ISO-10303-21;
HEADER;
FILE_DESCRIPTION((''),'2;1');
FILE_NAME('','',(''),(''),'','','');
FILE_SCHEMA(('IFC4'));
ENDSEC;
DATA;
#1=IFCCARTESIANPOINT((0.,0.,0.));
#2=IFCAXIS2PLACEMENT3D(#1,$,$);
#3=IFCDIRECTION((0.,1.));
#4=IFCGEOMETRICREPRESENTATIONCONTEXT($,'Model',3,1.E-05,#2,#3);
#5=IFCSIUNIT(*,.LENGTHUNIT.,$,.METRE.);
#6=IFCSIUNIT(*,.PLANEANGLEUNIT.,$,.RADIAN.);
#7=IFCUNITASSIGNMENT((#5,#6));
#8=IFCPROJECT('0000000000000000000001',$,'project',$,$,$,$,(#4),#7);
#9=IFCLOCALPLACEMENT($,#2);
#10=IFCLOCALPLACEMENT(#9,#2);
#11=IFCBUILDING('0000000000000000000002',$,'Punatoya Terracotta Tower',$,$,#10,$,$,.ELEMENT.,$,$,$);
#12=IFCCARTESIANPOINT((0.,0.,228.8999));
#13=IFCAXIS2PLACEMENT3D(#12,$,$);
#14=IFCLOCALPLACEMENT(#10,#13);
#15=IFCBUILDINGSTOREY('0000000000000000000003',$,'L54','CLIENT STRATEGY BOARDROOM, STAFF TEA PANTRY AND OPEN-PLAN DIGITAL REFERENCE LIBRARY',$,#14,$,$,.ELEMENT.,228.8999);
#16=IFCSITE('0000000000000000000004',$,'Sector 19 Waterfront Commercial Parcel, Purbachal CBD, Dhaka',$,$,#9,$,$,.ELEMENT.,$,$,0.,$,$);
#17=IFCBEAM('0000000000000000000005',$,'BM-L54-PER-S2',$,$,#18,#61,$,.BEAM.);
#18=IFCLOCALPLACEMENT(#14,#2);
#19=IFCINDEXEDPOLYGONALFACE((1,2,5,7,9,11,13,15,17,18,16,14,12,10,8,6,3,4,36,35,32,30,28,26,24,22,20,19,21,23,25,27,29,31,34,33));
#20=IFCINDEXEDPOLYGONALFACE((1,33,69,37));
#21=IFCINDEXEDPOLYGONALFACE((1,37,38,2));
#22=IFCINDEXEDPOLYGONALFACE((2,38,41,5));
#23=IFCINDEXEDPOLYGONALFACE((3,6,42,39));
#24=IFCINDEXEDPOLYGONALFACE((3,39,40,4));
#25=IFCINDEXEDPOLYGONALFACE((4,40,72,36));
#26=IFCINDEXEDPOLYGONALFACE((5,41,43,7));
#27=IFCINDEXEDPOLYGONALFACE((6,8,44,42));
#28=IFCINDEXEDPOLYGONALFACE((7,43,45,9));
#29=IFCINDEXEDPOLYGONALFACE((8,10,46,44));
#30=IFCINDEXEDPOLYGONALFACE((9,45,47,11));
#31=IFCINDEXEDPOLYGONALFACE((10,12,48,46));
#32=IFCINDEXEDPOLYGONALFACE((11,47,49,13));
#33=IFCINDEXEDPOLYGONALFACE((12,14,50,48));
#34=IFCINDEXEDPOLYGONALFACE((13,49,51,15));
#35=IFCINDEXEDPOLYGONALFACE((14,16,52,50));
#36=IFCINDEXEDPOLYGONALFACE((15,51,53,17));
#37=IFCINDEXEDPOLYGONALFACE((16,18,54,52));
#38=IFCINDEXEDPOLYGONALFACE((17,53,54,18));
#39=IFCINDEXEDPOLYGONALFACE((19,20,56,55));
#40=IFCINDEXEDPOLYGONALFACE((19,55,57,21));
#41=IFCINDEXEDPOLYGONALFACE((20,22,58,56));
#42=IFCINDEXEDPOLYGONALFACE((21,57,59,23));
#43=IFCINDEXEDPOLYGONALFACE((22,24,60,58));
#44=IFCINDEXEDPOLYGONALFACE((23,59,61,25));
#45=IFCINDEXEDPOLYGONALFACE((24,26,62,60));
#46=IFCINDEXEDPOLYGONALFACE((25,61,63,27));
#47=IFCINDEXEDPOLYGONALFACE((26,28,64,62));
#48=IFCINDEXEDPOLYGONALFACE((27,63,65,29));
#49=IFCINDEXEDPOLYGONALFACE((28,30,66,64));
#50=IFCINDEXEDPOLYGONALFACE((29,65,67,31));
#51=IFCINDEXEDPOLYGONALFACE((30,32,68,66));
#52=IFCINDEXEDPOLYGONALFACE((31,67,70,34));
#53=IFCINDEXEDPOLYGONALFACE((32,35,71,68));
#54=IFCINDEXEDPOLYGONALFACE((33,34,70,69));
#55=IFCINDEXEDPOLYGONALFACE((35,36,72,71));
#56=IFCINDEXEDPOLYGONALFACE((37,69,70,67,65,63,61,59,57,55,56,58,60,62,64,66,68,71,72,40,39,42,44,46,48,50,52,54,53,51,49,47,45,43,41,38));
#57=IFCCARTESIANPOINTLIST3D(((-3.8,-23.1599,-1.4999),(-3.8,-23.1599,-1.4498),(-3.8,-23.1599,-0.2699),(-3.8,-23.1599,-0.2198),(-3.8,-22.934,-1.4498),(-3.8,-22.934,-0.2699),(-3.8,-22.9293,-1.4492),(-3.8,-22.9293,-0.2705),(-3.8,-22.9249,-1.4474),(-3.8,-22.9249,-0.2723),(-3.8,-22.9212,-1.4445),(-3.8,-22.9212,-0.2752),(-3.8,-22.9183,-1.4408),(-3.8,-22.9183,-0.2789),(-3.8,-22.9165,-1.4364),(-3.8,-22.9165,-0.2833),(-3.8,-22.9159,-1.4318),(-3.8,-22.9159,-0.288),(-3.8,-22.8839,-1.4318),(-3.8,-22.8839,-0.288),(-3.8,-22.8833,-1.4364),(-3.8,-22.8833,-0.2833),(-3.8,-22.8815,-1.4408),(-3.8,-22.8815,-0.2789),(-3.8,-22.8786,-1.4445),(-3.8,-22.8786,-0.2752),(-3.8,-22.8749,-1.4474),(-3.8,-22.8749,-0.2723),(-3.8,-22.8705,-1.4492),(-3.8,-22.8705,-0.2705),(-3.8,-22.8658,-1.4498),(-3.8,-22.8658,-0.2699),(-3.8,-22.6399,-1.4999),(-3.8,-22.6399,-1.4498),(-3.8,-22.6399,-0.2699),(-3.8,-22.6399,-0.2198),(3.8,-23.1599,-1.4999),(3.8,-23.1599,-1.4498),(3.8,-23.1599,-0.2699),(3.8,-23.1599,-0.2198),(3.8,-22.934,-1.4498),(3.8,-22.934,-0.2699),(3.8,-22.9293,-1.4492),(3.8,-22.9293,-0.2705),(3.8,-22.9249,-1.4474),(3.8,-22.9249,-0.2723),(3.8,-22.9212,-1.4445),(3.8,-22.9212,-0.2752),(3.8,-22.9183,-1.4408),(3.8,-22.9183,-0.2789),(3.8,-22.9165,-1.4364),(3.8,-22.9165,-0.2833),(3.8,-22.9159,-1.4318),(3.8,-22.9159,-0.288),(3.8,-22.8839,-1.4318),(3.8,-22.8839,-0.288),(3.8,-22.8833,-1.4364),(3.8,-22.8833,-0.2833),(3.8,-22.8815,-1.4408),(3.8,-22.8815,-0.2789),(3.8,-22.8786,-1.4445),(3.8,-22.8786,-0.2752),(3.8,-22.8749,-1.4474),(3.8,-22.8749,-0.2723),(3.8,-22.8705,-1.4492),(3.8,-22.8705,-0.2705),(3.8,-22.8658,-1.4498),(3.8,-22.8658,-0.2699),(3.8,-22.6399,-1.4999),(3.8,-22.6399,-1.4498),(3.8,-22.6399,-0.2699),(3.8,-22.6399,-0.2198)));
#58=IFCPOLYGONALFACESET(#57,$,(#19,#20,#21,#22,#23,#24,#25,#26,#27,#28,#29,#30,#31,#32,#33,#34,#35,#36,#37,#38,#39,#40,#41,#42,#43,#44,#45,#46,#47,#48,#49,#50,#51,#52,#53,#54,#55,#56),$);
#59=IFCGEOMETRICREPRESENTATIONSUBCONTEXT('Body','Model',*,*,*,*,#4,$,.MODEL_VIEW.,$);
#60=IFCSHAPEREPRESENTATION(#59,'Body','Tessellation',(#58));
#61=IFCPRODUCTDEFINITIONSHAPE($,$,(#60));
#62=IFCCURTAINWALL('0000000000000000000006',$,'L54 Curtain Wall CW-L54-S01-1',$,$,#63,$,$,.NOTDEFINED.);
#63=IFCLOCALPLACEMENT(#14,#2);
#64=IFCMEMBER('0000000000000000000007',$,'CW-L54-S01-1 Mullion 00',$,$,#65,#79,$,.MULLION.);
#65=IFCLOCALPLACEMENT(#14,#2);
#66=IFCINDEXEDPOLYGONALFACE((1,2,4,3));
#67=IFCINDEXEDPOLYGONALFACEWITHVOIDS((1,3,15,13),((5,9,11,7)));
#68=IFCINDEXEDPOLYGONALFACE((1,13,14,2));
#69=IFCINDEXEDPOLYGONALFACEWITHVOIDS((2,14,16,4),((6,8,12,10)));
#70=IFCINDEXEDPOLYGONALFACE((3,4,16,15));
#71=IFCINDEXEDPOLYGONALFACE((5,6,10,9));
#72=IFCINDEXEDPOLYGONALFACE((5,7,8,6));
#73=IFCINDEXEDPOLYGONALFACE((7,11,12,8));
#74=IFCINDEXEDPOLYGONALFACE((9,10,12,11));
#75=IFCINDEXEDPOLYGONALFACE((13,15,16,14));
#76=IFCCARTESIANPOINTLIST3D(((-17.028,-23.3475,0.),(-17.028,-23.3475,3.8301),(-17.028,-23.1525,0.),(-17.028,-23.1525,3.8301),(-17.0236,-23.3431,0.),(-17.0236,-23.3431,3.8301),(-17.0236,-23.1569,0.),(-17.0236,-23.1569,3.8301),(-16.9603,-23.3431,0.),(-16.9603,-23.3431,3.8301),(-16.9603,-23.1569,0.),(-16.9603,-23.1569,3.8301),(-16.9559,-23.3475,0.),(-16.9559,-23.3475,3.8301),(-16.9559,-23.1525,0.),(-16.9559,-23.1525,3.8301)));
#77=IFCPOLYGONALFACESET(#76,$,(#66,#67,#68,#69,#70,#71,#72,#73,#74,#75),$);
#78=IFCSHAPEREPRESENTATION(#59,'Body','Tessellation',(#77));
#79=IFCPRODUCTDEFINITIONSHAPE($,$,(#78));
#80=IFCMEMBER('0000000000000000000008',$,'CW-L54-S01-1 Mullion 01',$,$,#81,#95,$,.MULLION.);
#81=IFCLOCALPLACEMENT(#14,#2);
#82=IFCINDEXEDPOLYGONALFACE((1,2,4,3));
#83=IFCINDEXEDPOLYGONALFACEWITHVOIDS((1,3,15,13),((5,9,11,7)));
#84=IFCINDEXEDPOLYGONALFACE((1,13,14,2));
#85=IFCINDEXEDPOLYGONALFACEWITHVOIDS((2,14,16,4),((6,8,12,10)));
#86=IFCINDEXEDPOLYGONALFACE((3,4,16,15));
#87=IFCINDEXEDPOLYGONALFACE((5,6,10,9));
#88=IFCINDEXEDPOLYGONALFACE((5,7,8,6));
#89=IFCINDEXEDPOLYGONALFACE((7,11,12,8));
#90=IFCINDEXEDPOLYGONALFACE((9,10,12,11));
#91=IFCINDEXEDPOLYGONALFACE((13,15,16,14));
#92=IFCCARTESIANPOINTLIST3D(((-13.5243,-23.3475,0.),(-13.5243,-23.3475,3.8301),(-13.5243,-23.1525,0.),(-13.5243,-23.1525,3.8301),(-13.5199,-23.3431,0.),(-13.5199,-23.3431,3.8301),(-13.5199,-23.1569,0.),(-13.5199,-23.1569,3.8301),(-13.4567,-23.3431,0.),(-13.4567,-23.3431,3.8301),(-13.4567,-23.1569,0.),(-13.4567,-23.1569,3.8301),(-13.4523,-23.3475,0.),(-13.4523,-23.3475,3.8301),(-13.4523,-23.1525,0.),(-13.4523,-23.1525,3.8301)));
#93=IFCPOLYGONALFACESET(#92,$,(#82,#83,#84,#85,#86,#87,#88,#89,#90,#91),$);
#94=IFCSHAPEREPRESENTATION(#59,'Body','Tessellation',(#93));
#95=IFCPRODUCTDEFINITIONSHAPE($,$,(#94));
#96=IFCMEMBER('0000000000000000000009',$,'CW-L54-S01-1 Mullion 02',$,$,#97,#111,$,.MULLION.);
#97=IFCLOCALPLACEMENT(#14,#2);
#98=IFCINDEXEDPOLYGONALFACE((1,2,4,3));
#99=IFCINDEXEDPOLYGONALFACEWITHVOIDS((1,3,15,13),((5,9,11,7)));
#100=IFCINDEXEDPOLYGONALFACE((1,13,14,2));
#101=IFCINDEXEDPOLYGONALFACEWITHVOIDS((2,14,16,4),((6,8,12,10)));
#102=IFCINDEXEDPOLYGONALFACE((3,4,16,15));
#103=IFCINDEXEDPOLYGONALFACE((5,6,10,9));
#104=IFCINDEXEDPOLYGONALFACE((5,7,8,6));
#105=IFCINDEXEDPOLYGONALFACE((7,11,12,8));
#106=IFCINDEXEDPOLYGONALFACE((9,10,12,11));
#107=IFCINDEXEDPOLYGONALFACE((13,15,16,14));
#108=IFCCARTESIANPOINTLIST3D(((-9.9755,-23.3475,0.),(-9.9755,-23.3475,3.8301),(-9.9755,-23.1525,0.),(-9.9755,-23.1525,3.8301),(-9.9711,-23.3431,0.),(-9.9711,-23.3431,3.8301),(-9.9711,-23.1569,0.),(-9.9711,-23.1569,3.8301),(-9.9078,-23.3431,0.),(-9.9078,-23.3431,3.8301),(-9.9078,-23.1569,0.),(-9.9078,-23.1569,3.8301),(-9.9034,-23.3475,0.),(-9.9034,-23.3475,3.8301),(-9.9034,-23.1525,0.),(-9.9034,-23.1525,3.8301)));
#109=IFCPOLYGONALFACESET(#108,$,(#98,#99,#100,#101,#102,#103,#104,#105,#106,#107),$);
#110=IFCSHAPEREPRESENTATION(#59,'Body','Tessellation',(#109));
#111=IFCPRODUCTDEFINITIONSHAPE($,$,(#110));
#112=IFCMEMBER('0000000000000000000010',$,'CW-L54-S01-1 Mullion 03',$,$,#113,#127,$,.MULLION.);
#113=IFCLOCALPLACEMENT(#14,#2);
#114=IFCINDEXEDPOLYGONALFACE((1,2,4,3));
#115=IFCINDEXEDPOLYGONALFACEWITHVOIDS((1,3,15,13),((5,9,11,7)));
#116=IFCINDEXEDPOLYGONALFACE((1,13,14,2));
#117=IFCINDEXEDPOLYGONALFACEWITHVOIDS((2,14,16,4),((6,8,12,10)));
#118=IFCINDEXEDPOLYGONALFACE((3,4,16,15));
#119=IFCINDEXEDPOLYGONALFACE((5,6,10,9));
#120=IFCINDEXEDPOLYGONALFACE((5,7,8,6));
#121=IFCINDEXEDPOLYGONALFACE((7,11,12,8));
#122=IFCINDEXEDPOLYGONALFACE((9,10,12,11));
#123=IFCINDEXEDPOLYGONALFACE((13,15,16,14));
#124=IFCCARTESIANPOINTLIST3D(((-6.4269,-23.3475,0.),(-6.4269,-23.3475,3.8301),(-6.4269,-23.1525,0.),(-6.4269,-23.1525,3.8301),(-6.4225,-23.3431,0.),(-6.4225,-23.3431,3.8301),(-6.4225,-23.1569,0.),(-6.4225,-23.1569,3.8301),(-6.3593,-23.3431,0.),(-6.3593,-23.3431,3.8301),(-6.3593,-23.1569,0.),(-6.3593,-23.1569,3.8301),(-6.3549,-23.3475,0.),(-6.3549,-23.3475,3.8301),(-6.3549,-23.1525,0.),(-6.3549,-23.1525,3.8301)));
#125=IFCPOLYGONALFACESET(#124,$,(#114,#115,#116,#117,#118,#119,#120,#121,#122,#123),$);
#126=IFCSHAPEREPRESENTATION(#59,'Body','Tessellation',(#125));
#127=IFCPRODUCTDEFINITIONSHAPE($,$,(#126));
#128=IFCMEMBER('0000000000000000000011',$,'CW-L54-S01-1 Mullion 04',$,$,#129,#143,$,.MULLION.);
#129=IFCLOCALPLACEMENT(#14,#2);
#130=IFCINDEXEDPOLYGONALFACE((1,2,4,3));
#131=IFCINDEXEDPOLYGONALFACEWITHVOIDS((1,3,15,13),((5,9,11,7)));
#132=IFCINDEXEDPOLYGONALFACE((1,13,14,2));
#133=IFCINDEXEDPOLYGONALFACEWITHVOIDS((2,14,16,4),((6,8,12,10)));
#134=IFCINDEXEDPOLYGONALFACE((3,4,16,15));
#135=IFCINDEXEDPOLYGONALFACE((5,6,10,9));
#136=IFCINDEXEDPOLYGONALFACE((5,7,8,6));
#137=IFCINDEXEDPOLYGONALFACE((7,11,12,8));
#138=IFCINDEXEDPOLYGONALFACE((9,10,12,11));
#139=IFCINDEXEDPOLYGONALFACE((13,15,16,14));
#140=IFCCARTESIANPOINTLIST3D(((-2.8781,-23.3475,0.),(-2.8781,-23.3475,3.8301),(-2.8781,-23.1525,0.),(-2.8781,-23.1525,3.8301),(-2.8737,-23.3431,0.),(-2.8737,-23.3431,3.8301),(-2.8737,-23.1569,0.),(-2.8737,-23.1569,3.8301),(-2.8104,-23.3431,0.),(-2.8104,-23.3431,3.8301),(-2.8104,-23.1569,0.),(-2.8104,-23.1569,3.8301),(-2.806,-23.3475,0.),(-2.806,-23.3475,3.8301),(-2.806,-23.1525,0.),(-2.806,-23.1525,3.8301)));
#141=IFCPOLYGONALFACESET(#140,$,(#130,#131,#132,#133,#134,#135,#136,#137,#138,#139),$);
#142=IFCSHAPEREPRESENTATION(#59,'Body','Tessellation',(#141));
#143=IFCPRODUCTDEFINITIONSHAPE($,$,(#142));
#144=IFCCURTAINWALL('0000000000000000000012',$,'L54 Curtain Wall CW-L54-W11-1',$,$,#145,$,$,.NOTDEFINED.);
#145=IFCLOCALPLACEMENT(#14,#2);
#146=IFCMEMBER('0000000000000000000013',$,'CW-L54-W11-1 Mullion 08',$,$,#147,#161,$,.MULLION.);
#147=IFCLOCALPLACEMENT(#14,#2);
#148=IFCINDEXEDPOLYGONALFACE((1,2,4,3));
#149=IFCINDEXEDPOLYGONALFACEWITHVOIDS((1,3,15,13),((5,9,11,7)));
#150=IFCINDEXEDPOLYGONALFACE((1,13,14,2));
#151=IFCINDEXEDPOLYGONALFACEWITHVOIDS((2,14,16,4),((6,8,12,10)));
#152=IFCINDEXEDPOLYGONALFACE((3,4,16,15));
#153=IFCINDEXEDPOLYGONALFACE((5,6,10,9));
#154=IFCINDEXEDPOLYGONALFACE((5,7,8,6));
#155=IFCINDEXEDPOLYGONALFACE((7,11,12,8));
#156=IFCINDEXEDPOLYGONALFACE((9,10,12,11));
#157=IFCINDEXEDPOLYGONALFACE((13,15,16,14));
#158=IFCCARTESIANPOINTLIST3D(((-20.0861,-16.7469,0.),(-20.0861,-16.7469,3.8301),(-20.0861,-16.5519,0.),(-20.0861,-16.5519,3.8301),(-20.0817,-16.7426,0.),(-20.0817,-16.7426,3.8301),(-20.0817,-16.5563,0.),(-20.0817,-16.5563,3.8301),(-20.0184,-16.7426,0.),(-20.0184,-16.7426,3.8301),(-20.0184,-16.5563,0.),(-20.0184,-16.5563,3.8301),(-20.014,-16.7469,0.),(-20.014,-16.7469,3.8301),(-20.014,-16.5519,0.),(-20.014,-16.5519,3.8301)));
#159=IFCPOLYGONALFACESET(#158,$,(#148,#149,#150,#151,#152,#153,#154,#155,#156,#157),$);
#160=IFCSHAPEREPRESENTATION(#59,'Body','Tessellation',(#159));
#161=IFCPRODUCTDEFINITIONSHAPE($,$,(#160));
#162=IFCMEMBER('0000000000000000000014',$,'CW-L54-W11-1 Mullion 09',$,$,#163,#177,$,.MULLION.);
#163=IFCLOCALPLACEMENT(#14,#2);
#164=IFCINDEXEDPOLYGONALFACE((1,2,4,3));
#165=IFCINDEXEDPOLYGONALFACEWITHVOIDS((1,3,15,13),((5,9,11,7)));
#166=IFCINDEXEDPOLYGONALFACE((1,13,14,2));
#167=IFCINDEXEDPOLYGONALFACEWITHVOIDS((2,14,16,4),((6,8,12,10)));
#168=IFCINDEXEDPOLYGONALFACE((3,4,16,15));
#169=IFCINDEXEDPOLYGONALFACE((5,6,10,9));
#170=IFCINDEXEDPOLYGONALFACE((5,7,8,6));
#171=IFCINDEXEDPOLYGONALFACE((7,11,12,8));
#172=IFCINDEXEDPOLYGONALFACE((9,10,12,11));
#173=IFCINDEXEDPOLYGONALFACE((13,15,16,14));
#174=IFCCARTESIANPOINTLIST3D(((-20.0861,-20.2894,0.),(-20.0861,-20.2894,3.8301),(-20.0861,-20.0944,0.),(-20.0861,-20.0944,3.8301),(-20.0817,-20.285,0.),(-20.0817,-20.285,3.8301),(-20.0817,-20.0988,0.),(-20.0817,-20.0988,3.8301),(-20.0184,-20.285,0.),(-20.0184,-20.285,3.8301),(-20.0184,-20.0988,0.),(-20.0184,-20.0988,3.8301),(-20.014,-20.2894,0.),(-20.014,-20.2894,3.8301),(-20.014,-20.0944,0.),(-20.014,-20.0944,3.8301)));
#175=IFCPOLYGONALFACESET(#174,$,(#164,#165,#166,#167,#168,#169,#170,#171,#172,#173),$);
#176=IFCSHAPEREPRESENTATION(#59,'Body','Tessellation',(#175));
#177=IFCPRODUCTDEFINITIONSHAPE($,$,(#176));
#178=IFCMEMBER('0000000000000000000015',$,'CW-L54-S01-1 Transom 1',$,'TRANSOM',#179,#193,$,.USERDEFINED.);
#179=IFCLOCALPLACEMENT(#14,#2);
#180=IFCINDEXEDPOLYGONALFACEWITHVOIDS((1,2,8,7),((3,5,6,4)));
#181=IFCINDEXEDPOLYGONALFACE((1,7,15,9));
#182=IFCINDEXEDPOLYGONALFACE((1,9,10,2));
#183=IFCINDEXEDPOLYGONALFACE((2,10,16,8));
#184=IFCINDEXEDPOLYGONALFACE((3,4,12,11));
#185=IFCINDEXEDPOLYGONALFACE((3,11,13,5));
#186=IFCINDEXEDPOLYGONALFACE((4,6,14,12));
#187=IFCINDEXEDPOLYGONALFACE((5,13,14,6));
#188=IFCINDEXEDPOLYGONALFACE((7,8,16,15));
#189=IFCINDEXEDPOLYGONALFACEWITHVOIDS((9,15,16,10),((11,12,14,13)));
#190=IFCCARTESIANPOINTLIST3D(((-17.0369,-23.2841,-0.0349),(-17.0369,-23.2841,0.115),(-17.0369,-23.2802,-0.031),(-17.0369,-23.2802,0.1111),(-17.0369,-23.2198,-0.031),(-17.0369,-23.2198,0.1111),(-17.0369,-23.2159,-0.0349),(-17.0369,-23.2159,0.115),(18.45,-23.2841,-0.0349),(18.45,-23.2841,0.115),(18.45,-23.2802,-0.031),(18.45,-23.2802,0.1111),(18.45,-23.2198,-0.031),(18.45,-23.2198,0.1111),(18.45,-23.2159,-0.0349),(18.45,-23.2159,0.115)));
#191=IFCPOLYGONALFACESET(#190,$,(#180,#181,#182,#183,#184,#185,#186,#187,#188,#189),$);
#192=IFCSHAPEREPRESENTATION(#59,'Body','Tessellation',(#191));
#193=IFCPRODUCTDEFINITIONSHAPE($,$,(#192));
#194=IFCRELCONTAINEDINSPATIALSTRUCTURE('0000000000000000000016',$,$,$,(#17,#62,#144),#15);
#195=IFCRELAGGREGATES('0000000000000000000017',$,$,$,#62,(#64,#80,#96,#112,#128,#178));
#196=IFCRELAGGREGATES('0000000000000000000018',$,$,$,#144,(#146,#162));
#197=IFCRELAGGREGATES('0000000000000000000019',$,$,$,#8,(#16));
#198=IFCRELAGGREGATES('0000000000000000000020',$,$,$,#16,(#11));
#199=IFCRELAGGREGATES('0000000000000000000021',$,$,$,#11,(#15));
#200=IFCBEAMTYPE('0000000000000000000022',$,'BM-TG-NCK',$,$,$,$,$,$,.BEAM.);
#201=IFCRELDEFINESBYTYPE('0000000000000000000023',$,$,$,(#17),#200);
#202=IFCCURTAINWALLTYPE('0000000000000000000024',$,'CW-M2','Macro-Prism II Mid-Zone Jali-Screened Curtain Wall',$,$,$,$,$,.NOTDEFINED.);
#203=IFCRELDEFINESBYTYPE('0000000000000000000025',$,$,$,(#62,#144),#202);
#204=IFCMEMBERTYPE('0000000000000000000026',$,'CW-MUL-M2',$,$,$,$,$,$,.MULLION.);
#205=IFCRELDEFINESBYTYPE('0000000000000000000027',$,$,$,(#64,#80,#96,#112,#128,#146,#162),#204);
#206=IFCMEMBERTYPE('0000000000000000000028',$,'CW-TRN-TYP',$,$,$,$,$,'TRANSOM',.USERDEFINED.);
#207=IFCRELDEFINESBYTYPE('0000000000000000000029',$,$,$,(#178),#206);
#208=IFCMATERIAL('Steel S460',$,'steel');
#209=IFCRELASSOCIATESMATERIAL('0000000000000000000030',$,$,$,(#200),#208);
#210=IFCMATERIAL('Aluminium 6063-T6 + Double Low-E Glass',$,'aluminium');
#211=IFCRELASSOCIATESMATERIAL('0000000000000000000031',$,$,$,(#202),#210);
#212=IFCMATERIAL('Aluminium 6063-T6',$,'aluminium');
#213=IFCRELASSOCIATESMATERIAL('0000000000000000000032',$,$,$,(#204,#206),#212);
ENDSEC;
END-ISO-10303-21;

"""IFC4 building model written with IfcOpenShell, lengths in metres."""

from ifc_helpers import new_model, si_unit, direction, frame, origin, origin_2d, place, context, subcontext, project, spatial, hollow_rectangle, i_section, extrude, material, material_profile, profile_set, type_object, element, aggregate, save


model = new_model("IFC4")

# Units and contexts
model_context = context("Model", 3, precision=1e-05, world=origin(), true_north=direction((0.0, 1.0)))
body_context = subcontext(model_context, "Body", "Model", "MODEL_VIEW")
ifc_project = project(units=[si_unit("LENGTHUNIT", "METRE"), si_unit("PLANEANGLEUNIT", "RADIAN")], contexts=[model_context])

# Site, building, storey
site_placement = place(None, origin())
site = spatial("IfcSite", under=ifc_project, at=site_placement, Name="Sector 19 Waterfront Commercial Parcel, Purbachal CBD, Dhaka", CompositionType="ELEMENT", RefElevation=0.0)
building_placement = place(site_placement, origin())
building = spatial("IfcBuilding", under=site, at=building_placement, Name="Punatoya Terracotta Tower", CompositionType="ELEMENT")
storey_placement = place(building_placement, frame((0.0, 0.0, 228.8999)))
storey = spatial("IfcBuildingStorey", under=building, at=storey_placement, Name="L54", Description="CLIENT STRATEGY BOARDROOM, STAFF TEA PANTRY AND OPEN-PLAN DIGITAL REFERENCE LIBRARY", CompositionType="ELEMENT", Elevation=228.8999)

# Shared definitions
ifc_material_1 = material(Name="Steel S460", Category="steel")

# Beam
ifc_material_profile_1 = material_profile(ifc_material_1, i_section(OverallWidth=0.52, OverallDepth=1.28, WebThickness=0.032, FlangeThickness=0.05, FilletRadius=0.0181, at=origin_2d()))
ifc_profile_set_1 = profile_set([ifc_material_profile_1], Name="Steel S460")
beam_type_1 = type_object("IfcBeamType", Name="BM-TG-NCK", PredefinedType="BEAM", material=ifc_profile_set_1)
beam_1_placement = place(storey_placement, frame((-3.8, -22.8999, -0.8599), z_axis=(1.0, 0.0, 0.0), x_axis=(0.0, 1.0, 0.0)))
element("IfcBeam", 1, at=beam_1_placement, inside=storey, type_object=beam_type_1, Name="BM-L54-PER-S2", PredefinedType="BEAM", context=body_context, shape_type="SweptSolid", body=[
    extrude(i_section(OverallWidth=0.52, OverallDepth=1.28, WebThickness=0.032, FlangeThickness=0.05, FilletRadius=0.0181, at=origin_2d()), origin(), (0.0, 0.0, 1.0), 7.6001),
])

# Curtain walls, members
ifc_material_2 = material(Name="Aluminium 6063-T6 + Double Low-E Glass", Category="aluminium")
curtain_wall_type = type_object("IfcCurtainWallType", Name="CW-M2", Description="Macro-Prism II Mid-Zone Jali-Screened Curtain Wall", PredefinedType="NOTDEFINED", material=ifc_material_2)
curtain_wall_1_placement = place(storey_placement, origin())
curtain_wall_1 = element("IfcCurtainWall", 2, at=curtain_wall_1_placement, inside=storey, type_object=curtain_wall_type, Name="L54 Curtain Wall CW-L54-S01-1", PredefinedType="NOTDEFINED")
ifc_material_3 = material(Name="Aluminium 6063-T6", Category="aluminium")
ifc_material_profile_2 = material_profile(ifc_material_3, hollow_rectangle(XDim=0.072, YDim=0.1951, WallThickness=0.0044, at=origin_2d()))
ifc_profile_set_2 = profile_set([ifc_material_profile_2], Name="Aluminium 6063-T6")
member_type_1 = type_object("IfcMemberType", Name="CW-MUL-M2", PredefinedType="MULLION", material=ifc_profile_set_2)
member_1_placement = place(storey_placement, frame((-16.9919, -23.25, 0.0), z_axis=(0.0, 0.0, 1.0), x_axis=(1.0, 0.0, 0.0)))
member_1 = element("IfcMember", 3, at=member_1_placement, type_object=member_type_1, Name="CW-L54-S01-1 Mullion 00", PredefinedType="MULLION", context=body_context, shape_type="SweptSolid", body=[
    extrude(hollow_rectangle(XDim=0.072, YDim=0.1951, WallThickness=0.0044, at=origin_2d()), origin(), (0.0, 0.0, 1.0), 3.8301),
])
member_2_placement = place(storey_placement, frame((-13.4883, -23.25, 0.0), z_axis=(0.0, 0.0, 1.0), x_axis=(1.0, 0.0, 0.0)))
member_2 = element("IfcMember", 4, at=member_2_placement, type_object=member_type_1, Name="CW-L54-S01-1 Mullion 01", PredefinedType="MULLION", context=body_context, shape_type="SweptSolid", body=[
    extrude(hollow_rectangle(XDim=0.072, YDim=0.1951, WallThickness=0.0044, at=origin_2d()), origin(), (0.0, 0.0, 1.0), 3.8301),
])
member_3_placement = place(storey_placement, frame((-9.9395, -23.25, 0.0), z_axis=(0.0, 0.0, 1.0), x_axis=(1.0, 0.0, 0.0)))
member_3 = element("IfcMember", 5, at=member_3_placement, type_object=member_type_1, Name="CW-L54-S01-1 Mullion 02", PredefinedType="MULLION", context=body_context, shape_type="SweptSolid", body=[
    extrude(hollow_rectangle(XDim=0.072, YDim=0.1951, WallThickness=0.0044, at=origin_2d()), origin(), (0.0, 0.0, 1.0), 3.8301),
])
member_4_placement = place(storey_placement, frame((-6.3909, -23.25, 0.0), z_axis=(0.0, 0.0, 1.0), x_axis=(1.0, 0.0, 0.0)))
member_4 = element("IfcMember", 6, at=member_4_placement, type_object=member_type_1, Name="CW-L54-S01-1 Mullion 03", PredefinedType="MULLION", context=body_context, shape_type="SweptSolid", body=[
    extrude(hollow_rectangle(XDim=0.072, YDim=0.1951, WallThickness=0.0044, at=origin_2d()), origin(), (0.0, 0.0, 1.0), 3.8301),
])
member_5_placement = place(storey_placement, frame((-2.842, -23.25, 0.0), z_axis=(0.0, 0.0, 1.0), x_axis=(1.0, 0.0, 0.0)))
member_5 = element("IfcMember", 7, at=member_5_placement, type_object=member_type_1, Name="CW-L54-S01-1 Mullion 04", PredefinedType="MULLION", context=body_context, shape_type="SweptSolid", body=[
    extrude(hollow_rectangle(XDim=0.072, YDim=0.1951, WallThickness=0.0044, at=origin_2d()), origin(), (0.0, 0.0, 1.0), 3.8301),
])
curtain_wall_2_placement = place(storey_placement, origin())
curtain_wall_2 = element("IfcCurtainWall", 8, at=curtain_wall_2_placement, inside=storey, type_object=curtain_wall_type, Name="L54 Curtain Wall CW-L54-W11-1", PredefinedType="NOTDEFINED")
member_6_placement = place(storey_placement, frame((-20.05, -16.6494, 0.0), z_axis=(0.0, 0.0, 1.0), x_axis=(1.0, 0.0, 0.0)))
member_6 = element("IfcMember", 9, at=member_6_placement, type_object=member_type_1, Name="CW-L54-W11-1 Mullion 08", PredefinedType="MULLION", context=body_context, shape_type="SweptSolid", body=[
    extrude(hollow_rectangle(XDim=0.072, YDim=0.1951, WallThickness=0.0044, at=origin_2d()), origin(), (0.0, 0.0, 1.0), 3.8301),
])
member_7_placement = place(storey_placement, frame((-20.05, -20.1919, 0.0), z_axis=(0.0, 0.0, 1.0), x_axis=(1.0, 0.0, 0.0)))
member_7 = element("IfcMember", 10, at=member_7_placement, type_object=member_type_1, Name="CW-L54-W11-1 Mullion 09", PredefinedType="MULLION", context=body_context, shape_type="SweptSolid", body=[
    extrude(hollow_rectangle(XDim=0.072, YDim=0.1951, WallThickness=0.0044, at=origin_2d()), origin(), (0.0, 0.0, 1.0), 3.8301),
])

# Member
ifc_material_profile_3 = material_profile(ifc_material_3, hollow_rectangle(XDim=0.0681, YDim=0.1499, WallThickness=0.0039, at=origin_2d()))
ifc_profile_set_3 = profile_set([ifc_material_profile_3], Name="Aluminium 6063-T6")
member_type_2 = type_object("IfcMemberType", Name="CW-TRN-TYP", ElementType="TRANSOM", PredefinedType="USERDEFINED", material=ifc_profile_set_3)
member_8_placement = place(storey_placement, frame((-17.0369, -23.25, 0.04), z_axis=(1.0, 0.0, 0.0), x_axis=(0.0, 1.0, 0.0)))
member_8 = element("IfcMember", 11, at=member_8_placement, type_object=member_type_2, Name="CW-L54-S01-1 Transom 1", ObjectType="TRANSOM", PredefinedType="USERDEFINED", context=body_context, shape_type="SweptSolid", body=[
    extrude(hollow_rectangle(XDim=0.0681, YDim=0.1499, WallThickness=0.0039, at=origin_2d()), origin(), (0.0, 0.0, 1.0), 35.4868),
])

aggregate(curtain_wall_1, [member_1, member_2, member_3, member_4, member_5, member_8])
aggregate(curtain_wall_2, [member_6, member_7])

save(model, "model.ifc")
